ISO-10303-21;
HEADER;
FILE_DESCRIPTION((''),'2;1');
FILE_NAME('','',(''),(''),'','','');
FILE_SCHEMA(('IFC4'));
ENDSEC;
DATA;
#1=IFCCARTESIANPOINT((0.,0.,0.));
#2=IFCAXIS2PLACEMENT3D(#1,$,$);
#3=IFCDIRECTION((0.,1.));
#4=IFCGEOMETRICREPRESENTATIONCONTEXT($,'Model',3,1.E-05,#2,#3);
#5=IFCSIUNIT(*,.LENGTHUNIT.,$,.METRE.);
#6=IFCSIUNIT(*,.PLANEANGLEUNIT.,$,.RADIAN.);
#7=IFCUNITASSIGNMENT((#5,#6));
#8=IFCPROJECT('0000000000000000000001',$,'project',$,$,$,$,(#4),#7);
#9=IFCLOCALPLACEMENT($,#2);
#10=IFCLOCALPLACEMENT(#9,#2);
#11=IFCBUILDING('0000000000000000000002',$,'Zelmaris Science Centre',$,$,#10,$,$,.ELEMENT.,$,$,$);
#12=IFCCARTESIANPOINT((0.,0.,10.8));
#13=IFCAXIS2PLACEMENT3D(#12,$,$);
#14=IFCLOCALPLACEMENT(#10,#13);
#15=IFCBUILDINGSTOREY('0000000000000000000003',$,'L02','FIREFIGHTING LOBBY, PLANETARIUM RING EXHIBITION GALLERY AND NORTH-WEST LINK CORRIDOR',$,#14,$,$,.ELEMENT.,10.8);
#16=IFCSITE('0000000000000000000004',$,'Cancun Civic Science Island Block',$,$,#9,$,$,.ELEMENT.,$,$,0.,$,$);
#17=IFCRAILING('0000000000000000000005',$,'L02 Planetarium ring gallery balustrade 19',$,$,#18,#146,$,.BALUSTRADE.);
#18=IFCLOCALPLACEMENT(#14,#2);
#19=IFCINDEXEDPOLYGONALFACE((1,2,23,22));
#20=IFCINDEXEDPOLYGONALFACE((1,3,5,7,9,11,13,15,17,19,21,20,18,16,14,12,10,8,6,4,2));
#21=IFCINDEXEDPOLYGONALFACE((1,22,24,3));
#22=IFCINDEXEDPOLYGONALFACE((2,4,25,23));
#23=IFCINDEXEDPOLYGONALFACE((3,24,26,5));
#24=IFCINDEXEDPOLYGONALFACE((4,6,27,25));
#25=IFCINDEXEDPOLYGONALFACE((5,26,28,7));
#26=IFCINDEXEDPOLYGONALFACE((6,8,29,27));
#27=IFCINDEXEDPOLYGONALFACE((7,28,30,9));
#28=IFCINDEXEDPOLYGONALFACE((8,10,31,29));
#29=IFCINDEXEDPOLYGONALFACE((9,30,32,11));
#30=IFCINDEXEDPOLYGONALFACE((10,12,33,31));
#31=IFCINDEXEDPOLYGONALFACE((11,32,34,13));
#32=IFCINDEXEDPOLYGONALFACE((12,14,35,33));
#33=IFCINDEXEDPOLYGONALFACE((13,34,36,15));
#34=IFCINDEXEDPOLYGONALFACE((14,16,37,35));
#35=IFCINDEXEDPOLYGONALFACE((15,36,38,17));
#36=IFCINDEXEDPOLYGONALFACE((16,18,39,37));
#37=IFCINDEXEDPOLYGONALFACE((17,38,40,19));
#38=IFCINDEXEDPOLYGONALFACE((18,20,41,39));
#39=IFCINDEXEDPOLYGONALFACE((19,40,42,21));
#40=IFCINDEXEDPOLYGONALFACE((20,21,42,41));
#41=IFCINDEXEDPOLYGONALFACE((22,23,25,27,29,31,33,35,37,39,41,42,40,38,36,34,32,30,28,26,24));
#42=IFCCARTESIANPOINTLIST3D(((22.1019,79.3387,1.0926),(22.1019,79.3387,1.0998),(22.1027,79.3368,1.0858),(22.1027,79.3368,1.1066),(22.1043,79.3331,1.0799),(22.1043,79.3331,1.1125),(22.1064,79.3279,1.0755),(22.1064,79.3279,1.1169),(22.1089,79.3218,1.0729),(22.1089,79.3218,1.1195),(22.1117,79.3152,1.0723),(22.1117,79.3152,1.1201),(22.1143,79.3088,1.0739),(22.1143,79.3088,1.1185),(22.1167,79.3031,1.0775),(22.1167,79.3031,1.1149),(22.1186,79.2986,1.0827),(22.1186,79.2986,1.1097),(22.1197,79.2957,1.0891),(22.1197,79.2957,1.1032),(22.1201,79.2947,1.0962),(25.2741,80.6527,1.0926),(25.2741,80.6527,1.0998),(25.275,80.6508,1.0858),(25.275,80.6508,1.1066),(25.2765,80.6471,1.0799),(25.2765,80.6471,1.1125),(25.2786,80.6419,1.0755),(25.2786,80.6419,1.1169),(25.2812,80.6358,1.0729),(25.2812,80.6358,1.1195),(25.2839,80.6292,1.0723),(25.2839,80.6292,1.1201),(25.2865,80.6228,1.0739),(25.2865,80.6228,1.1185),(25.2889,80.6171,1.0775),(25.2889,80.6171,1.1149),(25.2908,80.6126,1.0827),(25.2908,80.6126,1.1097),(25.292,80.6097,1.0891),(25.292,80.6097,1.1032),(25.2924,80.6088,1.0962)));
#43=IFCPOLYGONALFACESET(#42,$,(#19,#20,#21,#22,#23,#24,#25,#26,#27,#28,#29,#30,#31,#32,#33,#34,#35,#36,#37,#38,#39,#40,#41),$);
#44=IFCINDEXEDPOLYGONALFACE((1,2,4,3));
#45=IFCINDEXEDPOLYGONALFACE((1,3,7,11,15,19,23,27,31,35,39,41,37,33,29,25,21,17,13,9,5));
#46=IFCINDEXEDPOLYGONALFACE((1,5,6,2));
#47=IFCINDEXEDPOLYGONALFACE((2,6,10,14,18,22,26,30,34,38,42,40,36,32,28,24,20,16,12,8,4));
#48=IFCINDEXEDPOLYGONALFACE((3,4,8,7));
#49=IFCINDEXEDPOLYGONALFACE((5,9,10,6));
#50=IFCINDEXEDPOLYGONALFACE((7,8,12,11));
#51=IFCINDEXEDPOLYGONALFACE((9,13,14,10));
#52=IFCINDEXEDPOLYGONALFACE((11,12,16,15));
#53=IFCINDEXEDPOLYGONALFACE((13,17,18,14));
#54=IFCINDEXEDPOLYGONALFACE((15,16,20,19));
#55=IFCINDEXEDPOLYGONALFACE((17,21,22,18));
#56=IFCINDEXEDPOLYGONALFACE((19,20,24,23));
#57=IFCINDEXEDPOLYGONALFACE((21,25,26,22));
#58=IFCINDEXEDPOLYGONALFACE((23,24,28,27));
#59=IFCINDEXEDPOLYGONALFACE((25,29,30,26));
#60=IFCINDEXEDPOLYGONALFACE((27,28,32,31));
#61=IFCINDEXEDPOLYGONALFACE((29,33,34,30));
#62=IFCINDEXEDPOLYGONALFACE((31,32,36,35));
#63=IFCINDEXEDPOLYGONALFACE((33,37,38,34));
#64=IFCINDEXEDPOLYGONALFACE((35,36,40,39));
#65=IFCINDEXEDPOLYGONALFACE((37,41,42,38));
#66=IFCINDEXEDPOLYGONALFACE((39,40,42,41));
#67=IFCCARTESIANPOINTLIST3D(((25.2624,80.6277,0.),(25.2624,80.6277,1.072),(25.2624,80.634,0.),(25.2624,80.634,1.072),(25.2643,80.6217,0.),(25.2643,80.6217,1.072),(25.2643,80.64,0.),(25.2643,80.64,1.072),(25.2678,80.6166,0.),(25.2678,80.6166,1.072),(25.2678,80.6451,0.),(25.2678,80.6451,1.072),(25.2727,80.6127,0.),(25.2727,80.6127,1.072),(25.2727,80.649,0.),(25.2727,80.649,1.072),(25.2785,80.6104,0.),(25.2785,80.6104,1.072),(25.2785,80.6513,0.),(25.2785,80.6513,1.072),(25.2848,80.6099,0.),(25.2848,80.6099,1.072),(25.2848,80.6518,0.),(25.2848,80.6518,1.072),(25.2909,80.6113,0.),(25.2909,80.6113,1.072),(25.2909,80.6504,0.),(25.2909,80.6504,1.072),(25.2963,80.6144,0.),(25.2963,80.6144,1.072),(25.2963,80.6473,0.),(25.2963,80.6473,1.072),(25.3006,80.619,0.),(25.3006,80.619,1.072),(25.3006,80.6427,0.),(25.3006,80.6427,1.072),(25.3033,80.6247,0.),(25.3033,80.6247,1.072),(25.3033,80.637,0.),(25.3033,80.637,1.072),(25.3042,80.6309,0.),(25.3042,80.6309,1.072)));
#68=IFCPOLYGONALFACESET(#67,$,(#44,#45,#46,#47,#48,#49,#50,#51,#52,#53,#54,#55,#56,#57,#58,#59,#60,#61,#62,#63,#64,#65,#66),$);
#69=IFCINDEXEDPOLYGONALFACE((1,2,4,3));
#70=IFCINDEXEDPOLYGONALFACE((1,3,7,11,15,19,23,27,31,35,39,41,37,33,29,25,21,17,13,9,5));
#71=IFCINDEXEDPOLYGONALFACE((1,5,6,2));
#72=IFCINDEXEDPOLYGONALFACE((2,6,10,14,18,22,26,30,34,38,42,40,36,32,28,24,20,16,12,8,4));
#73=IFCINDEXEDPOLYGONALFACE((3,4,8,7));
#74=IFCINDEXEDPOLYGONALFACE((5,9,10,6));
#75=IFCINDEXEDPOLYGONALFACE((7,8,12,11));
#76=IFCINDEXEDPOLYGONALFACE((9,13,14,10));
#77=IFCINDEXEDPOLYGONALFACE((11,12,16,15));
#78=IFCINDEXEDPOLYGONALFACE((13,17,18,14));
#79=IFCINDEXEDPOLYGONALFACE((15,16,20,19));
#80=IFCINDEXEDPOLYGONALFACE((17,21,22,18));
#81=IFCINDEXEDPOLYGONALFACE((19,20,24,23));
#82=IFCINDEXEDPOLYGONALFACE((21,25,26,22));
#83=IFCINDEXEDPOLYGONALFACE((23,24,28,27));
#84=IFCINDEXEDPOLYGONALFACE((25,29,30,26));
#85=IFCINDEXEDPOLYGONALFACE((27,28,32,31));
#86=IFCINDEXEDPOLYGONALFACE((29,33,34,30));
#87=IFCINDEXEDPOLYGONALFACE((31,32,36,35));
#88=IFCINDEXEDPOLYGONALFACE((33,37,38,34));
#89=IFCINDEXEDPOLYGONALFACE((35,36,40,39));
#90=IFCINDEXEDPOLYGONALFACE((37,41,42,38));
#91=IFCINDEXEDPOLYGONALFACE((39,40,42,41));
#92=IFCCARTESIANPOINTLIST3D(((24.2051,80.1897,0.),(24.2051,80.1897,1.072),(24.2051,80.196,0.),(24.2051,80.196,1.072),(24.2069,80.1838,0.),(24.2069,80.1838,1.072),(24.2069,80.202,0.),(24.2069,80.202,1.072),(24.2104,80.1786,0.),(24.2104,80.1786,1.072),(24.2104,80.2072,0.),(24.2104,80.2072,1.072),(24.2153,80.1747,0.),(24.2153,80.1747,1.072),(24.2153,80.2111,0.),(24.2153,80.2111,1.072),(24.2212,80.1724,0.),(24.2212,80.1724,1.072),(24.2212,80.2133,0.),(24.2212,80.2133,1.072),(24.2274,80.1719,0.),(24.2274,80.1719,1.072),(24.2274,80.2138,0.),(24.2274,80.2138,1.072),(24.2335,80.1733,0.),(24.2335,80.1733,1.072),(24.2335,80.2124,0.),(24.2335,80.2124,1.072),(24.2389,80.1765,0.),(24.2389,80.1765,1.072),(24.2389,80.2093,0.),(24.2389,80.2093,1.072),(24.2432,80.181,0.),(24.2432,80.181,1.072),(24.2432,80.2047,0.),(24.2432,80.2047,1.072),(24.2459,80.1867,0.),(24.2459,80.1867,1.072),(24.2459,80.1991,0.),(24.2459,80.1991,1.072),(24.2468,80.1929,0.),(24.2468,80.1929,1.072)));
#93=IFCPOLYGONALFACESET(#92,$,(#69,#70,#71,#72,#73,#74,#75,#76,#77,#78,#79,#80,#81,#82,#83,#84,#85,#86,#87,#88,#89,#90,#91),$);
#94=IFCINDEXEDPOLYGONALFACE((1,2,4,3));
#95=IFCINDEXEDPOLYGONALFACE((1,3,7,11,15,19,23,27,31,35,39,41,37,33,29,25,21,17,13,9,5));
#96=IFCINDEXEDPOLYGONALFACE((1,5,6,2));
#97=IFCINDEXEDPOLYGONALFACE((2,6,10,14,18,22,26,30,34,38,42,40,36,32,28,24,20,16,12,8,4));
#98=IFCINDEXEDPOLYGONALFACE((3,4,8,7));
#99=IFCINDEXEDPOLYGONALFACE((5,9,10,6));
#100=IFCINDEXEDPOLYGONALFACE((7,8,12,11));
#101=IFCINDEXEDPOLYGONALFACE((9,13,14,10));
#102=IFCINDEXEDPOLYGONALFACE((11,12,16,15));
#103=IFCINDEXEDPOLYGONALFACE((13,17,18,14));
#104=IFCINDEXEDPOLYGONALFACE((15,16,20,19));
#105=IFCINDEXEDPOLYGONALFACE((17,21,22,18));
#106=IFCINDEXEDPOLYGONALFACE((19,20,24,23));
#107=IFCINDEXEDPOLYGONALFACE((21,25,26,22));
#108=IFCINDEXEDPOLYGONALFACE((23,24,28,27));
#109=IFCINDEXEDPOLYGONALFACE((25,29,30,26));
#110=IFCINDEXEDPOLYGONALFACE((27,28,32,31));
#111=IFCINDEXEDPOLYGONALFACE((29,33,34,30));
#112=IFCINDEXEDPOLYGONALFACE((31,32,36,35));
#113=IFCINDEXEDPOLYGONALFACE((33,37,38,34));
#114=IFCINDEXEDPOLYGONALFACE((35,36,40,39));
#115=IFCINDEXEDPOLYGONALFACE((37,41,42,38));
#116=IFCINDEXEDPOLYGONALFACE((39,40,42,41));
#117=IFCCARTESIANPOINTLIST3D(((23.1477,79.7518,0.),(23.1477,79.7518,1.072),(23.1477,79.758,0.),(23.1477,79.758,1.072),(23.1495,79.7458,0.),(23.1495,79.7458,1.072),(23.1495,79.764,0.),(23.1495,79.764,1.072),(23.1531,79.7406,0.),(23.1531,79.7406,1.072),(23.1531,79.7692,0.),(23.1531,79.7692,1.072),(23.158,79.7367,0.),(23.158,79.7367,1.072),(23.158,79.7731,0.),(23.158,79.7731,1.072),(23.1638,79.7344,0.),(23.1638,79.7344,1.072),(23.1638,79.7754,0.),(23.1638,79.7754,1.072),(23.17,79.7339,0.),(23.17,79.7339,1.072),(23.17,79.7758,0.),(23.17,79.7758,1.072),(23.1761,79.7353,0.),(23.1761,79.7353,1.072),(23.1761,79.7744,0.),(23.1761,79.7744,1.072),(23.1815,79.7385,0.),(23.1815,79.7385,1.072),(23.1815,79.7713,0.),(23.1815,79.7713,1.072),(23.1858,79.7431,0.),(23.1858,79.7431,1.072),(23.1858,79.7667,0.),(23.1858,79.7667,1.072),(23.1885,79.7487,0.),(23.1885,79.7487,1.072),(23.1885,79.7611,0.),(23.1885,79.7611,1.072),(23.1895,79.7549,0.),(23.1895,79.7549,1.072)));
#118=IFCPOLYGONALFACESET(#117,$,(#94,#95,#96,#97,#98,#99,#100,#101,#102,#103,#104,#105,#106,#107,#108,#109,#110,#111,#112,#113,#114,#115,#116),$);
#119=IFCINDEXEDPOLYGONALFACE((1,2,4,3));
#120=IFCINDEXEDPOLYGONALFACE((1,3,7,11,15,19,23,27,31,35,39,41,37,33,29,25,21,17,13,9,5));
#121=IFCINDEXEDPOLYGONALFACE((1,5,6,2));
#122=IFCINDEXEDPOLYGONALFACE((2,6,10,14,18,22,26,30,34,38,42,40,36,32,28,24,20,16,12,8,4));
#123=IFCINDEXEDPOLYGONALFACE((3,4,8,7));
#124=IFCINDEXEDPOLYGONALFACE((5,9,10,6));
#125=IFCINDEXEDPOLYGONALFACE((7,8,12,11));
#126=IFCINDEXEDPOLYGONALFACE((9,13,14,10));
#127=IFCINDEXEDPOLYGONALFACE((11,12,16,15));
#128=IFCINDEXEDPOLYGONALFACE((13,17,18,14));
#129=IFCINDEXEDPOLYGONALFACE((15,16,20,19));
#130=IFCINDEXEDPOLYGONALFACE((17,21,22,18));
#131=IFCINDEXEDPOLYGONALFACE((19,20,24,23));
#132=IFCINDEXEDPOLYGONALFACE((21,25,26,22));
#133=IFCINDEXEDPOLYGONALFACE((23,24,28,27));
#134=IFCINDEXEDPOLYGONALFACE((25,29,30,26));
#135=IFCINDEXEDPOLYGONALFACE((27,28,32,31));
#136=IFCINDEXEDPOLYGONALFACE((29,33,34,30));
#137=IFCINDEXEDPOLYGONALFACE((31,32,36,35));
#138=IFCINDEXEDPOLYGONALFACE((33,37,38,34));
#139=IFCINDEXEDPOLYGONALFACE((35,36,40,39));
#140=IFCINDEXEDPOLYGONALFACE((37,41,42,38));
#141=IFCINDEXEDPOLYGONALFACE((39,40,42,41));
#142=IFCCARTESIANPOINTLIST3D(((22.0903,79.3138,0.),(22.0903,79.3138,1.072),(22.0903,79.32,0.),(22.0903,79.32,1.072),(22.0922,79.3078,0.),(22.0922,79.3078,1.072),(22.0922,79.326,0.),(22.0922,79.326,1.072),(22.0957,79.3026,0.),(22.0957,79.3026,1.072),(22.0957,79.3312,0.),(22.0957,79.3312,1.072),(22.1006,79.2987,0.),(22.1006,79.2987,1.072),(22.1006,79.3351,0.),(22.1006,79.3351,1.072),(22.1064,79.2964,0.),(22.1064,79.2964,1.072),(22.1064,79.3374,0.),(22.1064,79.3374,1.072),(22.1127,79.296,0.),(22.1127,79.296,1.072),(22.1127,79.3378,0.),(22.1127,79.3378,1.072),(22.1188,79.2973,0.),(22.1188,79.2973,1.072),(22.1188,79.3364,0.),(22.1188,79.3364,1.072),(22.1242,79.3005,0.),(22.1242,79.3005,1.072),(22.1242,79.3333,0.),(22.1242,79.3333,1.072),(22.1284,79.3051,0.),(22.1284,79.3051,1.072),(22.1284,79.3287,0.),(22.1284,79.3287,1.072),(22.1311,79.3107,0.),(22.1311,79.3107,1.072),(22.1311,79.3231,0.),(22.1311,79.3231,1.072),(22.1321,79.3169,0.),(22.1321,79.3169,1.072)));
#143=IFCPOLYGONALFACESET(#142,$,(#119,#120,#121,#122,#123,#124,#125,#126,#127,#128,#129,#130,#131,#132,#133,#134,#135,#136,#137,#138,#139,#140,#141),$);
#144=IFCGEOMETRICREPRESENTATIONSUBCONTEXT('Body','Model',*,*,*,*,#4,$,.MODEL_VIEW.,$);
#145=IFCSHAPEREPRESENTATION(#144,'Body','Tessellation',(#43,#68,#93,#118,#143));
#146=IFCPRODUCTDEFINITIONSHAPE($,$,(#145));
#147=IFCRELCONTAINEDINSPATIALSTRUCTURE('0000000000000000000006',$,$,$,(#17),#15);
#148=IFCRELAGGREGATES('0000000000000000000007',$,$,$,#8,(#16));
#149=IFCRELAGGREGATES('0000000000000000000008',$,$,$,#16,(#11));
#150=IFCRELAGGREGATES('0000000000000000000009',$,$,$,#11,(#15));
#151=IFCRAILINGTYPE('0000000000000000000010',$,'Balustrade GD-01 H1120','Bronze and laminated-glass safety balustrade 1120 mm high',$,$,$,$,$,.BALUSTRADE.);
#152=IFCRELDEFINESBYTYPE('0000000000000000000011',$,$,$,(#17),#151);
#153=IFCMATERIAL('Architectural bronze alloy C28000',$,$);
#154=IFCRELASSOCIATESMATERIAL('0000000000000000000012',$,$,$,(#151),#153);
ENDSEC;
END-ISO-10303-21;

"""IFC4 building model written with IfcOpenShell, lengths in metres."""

from ifc_helpers import new_model, si_unit, direction, frame, origin, origin_2d, place, context, subcontext, project, spatial, circle, extrude, material, type_object, element, save


model = new_model("IFC4")

# Units and contexts
model_context = context("Model", 3, precision=1e-05, world=origin(), true_north=direction((0.0, 1.0)))
body_context = subcontext(model_context, "Body", "Model", "MODEL_VIEW")
ifc_project = project(units=[si_unit("LENGTHUNIT", "METRE"), si_unit("PLANEANGLEUNIT", "RADIAN")], contexts=[model_context])

# Site, building, storey
site_placement = place(None, origin())
site = spatial("IfcSite", under=ifc_project, at=site_placement, Name="Cancun Civic Science Island Block", CompositionType="ELEMENT", RefElevation=0.0)
building_placement = place(site_placement, origin())
building = spatial("IfcBuilding", under=site, at=building_placement, Name="Zelmaris Science Centre", CompositionType="ELEMENT")
storey_placement = place(building_placement, frame((0.0, 0.0, 10.8)))
storey = spatial("IfcBuildingStorey", under=building, at=storey_placement, Name="L02", Description="FIREFIGHTING LOBBY, PLANETARIUM RING EXHIBITION GALLERY AND NORTH-WEST LINK CORRIDOR", CompositionType="ELEMENT", Elevation=10.8)

# Railing
ifc_material_1 = material(Name="Architectural bronze alloy C28000")
railing_type = type_object("IfcRailingType", Name="Balustrade GD-01 H1120", Description="Bronze and laminated-glass safety balustrade 1120 mm high", PredefinedType="BALUSTRADE", material=ifc_material_1)
railing_1_placement = place(storey_placement, frame((25.2832, 80.6309, 0.0)))
element("IfcRailing", 1, at=railing_1_placement, inside=storey, type_object=railing_type, Name="L02 Planetarium ring gallery balustrade 19", PredefinedType="BALUSTRADE", context=body_context, shape_type="SweptSolid", body=[
    extrude(circle(Radius=0.0239, at=origin_2d()), frame((0.0, 0.0, 1.0962), z_axis=(-0.923876, -0.382691, 0.0), x_axis=(0.382691, -0.923876, 0.0)), (0.0, 0.0, 1.0), 3.4336),
    extrude(circle(Radius=0.021, at=origin_2d()), origin(), (0.0, 0.0, 1.0), 1.072),
    extrude(circle(Radius=0.021, at=origin_2d()), frame((-1.0574, -0.438, 0.0)), (0.0, 0.0, 1.0), 1.072),
    extrude(circle(Radius=0.021, at=origin_2d()), frame((-2.1147, -0.876, 0.0)), (0.0, 0.0, 1.0), 1.072),
    extrude(circle(Radius=0.021, at=origin_2d()), frame((-3.1721, -1.314, 0.0)), (0.0, 0.0, 1.0), 1.072),
])

save(model, "model.ifc")
